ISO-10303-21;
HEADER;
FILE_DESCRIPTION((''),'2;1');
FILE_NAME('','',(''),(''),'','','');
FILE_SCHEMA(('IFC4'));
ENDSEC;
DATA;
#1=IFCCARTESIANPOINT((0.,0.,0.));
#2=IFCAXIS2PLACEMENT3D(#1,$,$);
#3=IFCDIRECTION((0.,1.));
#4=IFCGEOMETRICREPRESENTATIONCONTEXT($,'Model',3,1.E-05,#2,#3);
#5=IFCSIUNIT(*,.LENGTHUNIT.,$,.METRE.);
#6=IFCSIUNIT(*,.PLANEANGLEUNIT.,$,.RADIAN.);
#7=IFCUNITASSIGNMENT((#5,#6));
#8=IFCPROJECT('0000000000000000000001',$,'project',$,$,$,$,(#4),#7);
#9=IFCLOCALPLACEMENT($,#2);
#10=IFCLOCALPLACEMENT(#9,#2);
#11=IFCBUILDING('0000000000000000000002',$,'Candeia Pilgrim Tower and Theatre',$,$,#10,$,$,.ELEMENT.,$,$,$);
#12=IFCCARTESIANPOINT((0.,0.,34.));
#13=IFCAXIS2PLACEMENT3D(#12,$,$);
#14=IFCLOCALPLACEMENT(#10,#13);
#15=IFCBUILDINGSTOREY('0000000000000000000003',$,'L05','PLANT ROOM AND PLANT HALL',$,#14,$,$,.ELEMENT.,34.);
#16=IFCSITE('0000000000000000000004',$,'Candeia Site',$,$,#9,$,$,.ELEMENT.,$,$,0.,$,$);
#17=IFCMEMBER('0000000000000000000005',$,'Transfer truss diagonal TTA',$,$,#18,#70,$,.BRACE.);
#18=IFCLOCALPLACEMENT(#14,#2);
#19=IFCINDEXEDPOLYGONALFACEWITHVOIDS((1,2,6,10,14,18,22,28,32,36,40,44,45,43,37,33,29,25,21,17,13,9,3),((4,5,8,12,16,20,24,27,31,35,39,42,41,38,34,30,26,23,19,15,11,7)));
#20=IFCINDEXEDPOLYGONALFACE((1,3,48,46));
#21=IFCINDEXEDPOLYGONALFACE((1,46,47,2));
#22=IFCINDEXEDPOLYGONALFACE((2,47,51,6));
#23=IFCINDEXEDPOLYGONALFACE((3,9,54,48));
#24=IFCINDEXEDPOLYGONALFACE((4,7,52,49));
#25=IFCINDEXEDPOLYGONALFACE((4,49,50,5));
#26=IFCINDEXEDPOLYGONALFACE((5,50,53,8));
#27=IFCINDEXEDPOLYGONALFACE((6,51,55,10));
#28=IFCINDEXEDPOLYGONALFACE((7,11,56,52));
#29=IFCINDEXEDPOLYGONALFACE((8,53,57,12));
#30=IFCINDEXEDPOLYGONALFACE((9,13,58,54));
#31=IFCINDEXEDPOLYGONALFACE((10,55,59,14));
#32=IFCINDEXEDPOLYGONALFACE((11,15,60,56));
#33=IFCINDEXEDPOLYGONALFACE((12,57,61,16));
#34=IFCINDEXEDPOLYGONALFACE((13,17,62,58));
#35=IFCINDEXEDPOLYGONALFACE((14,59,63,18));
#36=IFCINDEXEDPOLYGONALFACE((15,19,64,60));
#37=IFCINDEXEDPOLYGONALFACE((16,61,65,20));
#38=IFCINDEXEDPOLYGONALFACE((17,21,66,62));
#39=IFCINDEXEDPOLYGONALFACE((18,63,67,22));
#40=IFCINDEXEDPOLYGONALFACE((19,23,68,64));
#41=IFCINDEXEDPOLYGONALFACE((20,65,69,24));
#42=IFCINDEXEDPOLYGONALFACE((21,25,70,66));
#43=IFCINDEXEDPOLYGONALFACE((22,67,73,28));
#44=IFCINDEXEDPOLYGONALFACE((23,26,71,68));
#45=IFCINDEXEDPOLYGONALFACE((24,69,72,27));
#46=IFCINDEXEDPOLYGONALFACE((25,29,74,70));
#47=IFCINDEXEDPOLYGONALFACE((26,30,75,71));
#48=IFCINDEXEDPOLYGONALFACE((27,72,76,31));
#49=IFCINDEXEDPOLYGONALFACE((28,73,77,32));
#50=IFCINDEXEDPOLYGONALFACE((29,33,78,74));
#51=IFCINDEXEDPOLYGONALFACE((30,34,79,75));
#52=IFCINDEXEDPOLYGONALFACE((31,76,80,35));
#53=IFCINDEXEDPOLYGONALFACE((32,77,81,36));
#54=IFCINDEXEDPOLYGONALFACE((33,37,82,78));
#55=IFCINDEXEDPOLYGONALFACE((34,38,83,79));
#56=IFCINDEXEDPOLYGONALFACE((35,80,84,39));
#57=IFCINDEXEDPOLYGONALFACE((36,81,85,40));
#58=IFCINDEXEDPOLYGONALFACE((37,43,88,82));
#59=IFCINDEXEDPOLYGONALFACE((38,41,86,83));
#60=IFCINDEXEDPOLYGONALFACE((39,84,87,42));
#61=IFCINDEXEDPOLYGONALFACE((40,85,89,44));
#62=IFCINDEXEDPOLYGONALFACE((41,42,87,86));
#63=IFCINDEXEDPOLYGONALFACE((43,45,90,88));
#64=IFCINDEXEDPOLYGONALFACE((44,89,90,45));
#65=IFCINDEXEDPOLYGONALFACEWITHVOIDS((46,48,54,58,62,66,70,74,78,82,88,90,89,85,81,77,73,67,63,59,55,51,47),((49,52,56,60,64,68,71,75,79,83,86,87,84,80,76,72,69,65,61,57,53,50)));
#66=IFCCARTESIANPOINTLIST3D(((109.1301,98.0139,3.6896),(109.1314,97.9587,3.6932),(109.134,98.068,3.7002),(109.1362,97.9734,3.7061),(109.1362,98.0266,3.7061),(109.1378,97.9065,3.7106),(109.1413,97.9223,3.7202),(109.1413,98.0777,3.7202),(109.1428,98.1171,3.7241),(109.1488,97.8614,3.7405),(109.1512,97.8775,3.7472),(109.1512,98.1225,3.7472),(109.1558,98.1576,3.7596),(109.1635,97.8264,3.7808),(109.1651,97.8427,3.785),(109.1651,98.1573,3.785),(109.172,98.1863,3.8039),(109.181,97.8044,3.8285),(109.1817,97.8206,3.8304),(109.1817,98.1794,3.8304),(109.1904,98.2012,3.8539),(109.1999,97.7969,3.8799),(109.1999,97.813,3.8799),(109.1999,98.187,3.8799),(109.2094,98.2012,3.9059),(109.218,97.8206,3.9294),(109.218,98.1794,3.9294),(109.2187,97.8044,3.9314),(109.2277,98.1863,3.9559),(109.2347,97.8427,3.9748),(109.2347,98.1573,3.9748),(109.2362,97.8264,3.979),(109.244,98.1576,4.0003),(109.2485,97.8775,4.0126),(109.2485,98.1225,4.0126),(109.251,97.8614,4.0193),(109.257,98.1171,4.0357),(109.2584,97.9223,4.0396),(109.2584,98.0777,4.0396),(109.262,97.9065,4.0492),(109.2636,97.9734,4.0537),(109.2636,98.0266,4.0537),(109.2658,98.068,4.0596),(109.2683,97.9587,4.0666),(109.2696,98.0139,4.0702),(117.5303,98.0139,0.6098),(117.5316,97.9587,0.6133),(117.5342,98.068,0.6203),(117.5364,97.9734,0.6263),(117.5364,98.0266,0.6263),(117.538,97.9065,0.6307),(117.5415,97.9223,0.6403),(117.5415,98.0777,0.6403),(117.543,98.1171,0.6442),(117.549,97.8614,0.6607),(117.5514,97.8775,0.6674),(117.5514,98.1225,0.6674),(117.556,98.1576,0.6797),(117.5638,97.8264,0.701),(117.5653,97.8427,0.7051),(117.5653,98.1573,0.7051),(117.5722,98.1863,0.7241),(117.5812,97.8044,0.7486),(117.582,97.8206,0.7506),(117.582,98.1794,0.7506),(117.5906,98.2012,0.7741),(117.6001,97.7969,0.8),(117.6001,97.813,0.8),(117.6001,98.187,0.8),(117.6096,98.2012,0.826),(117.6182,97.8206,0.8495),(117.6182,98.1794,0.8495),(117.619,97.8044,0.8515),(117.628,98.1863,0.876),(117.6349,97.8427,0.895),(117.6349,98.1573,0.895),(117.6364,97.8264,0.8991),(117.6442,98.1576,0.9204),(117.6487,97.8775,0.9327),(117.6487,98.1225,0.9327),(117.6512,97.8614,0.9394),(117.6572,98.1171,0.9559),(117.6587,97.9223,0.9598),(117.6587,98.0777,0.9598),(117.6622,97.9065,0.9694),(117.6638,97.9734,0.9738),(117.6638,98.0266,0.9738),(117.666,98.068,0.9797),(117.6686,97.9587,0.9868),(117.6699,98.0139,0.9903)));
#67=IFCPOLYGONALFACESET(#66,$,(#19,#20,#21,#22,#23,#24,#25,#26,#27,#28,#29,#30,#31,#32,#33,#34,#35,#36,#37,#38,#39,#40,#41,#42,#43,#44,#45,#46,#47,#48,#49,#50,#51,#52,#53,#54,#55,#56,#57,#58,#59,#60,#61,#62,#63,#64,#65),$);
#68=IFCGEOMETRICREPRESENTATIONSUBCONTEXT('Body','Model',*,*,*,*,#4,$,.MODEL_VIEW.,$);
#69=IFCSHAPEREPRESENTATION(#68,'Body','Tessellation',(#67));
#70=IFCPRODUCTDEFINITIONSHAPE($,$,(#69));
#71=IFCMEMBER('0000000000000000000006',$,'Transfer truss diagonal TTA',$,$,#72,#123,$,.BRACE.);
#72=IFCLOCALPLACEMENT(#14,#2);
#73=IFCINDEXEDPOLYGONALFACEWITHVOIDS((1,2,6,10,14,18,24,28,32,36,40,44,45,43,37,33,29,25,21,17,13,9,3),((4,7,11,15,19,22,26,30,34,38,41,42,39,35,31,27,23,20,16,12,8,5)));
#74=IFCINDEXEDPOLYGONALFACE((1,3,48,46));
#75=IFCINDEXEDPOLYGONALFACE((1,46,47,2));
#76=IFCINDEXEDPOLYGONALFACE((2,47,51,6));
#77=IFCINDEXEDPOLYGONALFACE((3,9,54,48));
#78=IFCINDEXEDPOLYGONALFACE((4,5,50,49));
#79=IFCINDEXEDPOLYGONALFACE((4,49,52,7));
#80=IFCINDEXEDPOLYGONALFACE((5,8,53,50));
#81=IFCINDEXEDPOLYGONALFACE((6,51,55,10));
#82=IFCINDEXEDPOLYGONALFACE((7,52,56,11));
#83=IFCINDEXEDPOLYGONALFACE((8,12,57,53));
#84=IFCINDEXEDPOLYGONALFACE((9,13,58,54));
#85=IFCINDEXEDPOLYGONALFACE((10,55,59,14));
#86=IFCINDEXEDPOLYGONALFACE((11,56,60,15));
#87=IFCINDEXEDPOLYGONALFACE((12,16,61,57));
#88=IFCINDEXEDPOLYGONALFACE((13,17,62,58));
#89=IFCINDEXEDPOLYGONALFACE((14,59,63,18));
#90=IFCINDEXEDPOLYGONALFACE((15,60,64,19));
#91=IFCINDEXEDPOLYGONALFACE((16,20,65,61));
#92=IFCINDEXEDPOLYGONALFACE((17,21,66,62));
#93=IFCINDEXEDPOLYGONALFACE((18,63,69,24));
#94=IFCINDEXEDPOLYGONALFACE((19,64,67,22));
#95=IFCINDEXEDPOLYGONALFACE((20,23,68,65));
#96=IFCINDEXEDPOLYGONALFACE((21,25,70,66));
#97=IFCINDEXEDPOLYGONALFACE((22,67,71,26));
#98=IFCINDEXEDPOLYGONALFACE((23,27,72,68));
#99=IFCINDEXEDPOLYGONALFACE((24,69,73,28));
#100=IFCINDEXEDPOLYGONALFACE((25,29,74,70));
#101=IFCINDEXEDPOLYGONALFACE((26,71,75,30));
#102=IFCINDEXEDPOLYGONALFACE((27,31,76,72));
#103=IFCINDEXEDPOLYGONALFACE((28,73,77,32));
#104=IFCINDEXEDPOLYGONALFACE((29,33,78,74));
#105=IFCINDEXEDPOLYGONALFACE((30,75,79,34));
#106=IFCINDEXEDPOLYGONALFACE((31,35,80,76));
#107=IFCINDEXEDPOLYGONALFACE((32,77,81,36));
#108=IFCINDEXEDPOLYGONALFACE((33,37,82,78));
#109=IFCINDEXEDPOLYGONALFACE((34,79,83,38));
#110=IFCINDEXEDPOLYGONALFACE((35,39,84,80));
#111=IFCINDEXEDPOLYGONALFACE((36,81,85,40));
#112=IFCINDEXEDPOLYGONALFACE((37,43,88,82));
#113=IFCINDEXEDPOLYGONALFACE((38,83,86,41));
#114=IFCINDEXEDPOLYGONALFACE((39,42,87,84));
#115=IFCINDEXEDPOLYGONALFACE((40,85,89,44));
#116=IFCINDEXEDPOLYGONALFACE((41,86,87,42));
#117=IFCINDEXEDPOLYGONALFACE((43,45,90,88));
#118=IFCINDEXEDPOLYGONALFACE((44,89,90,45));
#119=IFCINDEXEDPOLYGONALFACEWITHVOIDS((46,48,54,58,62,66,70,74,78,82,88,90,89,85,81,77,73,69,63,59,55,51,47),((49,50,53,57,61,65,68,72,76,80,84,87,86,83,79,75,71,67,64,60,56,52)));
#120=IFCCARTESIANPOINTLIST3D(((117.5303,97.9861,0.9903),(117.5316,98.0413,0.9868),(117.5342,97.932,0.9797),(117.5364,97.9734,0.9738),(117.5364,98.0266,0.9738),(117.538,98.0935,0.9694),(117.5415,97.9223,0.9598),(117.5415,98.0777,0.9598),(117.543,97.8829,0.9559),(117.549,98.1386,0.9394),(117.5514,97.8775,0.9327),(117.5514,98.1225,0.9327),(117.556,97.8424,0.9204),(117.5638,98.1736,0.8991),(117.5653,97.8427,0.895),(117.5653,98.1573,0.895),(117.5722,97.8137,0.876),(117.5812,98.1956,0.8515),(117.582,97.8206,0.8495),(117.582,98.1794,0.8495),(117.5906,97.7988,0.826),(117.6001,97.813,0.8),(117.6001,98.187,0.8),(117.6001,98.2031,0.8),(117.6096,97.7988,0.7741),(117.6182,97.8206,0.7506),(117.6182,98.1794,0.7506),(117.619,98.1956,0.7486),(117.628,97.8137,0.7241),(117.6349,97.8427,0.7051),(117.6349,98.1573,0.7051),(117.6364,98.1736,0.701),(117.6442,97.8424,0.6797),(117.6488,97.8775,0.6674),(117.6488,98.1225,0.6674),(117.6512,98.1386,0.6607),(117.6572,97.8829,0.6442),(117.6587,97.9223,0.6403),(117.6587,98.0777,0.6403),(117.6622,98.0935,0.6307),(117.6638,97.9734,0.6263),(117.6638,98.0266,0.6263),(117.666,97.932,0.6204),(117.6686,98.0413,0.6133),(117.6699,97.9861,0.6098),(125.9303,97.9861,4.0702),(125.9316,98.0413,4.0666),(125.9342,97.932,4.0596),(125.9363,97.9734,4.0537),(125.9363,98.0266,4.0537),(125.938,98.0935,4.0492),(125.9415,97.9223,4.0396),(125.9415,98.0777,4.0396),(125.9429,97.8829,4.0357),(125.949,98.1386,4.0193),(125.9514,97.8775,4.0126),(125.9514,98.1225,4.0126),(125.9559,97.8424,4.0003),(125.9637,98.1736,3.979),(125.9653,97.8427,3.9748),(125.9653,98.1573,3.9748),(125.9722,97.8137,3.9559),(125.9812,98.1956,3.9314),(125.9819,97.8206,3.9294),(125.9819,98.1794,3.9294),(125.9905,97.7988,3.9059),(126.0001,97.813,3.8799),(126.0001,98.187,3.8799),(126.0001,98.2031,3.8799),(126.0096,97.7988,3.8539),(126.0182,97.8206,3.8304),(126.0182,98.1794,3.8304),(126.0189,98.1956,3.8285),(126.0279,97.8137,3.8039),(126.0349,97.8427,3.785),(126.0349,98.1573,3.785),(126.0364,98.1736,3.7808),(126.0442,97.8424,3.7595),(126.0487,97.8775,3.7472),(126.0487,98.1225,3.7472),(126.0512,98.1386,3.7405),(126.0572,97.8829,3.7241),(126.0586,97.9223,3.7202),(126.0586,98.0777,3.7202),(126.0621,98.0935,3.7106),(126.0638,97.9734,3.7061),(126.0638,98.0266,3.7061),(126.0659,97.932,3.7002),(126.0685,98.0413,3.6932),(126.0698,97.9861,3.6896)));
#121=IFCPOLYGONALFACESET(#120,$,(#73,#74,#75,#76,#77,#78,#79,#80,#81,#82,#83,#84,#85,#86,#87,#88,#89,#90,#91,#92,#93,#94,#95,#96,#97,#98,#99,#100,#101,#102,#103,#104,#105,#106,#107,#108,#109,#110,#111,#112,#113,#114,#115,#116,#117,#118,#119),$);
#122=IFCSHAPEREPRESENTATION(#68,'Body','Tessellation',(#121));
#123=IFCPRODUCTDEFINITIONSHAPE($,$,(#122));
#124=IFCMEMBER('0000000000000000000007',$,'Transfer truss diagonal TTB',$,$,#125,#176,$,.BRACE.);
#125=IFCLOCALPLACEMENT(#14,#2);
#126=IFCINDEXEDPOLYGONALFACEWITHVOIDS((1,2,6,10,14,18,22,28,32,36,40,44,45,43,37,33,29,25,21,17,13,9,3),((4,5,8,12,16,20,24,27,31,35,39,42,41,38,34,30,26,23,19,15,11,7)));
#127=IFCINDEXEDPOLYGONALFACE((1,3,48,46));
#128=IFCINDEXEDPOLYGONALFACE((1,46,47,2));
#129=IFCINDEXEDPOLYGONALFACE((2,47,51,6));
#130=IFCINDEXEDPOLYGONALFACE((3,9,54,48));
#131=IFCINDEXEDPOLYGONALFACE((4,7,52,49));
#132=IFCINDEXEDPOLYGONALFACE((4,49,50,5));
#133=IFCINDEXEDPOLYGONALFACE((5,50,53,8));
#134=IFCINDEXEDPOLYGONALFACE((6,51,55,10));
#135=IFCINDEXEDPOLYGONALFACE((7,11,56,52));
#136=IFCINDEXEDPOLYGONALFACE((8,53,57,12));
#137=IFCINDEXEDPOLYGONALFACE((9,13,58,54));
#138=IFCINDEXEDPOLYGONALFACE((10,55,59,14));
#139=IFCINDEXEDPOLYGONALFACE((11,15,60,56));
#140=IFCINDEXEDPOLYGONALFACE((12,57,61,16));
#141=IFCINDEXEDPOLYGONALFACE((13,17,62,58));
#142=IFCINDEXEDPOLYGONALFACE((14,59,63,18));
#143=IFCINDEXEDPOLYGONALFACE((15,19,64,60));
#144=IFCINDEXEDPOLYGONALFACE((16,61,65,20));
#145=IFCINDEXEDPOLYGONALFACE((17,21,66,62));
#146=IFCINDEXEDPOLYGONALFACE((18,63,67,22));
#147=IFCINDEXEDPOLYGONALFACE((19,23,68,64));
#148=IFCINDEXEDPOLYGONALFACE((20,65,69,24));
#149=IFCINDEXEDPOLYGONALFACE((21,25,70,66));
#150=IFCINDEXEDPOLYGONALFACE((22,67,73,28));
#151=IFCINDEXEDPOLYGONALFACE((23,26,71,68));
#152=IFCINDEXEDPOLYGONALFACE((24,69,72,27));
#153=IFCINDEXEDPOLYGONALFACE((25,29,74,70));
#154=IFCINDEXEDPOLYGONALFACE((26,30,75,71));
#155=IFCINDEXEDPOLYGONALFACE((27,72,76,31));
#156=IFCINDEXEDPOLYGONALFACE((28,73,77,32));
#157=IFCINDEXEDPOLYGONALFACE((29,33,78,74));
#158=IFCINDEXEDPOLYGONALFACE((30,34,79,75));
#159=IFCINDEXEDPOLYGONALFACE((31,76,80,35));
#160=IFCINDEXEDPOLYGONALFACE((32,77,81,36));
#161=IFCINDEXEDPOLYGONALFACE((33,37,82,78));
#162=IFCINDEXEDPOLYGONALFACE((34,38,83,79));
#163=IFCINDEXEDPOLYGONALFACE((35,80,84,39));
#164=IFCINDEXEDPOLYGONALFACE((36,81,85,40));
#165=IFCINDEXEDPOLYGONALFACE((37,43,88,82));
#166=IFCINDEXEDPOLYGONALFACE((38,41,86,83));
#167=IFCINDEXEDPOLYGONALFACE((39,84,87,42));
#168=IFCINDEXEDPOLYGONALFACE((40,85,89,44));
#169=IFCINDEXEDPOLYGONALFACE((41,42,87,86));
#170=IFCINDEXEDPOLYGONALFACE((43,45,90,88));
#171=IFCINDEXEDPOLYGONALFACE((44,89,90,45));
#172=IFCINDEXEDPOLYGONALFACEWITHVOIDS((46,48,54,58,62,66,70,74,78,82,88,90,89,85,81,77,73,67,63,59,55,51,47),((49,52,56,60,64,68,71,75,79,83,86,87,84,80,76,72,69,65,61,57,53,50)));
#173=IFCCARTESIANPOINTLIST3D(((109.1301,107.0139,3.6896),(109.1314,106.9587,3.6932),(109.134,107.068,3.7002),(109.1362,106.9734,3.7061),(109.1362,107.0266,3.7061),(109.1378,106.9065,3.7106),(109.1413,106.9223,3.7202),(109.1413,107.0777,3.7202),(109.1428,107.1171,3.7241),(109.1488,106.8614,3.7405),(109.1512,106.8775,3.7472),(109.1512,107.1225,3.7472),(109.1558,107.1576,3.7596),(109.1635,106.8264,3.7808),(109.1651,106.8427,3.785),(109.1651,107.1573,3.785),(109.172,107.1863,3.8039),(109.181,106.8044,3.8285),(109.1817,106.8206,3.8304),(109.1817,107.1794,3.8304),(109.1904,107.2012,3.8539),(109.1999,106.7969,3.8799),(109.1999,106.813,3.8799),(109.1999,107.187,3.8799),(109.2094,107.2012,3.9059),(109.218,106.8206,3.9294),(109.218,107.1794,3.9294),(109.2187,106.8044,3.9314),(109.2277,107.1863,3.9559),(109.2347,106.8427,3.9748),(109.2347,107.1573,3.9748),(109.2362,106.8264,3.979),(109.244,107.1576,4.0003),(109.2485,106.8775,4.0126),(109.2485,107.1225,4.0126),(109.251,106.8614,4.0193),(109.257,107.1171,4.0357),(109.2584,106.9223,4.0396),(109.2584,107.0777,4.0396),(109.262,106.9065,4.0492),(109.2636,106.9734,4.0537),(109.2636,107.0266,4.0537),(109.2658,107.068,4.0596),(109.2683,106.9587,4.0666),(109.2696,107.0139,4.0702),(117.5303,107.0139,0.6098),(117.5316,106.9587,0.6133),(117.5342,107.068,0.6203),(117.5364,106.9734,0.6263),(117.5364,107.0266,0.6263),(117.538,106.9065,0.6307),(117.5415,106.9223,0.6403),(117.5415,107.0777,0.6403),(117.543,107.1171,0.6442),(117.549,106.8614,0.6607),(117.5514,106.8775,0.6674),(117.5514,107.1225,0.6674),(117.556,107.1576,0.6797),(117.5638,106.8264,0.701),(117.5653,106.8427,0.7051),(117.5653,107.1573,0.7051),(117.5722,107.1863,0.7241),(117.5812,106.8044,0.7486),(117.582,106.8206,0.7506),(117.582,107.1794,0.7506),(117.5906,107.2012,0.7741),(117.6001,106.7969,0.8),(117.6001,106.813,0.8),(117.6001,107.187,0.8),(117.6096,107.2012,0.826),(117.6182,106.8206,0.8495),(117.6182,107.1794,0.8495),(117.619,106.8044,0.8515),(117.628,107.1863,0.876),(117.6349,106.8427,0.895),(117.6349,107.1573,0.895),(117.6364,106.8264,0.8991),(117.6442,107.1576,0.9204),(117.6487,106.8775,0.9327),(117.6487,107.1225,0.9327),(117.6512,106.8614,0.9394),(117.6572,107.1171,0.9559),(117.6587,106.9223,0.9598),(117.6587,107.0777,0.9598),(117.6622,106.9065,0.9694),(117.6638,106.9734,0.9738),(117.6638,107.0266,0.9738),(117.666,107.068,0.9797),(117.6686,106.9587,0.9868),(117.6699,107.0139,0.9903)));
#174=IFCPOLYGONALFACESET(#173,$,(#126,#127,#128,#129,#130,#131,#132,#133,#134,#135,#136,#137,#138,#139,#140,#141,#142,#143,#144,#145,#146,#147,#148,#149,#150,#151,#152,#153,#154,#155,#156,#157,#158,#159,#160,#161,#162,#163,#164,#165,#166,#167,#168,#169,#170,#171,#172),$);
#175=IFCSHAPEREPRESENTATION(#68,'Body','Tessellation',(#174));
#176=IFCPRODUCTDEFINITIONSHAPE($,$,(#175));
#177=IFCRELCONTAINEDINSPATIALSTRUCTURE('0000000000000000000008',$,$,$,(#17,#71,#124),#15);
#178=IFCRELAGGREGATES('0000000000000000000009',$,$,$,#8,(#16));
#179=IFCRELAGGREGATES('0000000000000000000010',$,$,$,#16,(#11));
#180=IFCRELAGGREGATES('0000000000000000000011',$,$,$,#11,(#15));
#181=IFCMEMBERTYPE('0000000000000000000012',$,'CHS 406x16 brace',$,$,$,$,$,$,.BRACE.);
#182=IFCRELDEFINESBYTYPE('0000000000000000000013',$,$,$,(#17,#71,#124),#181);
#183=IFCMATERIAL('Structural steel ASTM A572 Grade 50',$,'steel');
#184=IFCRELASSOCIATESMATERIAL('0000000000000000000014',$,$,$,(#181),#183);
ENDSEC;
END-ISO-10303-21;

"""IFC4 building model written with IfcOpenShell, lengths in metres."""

from ifc_helpers import new_model, si_unit, direction, frame, origin, origin_2d, place, context, subcontext, project, spatial, hollow_circle, extrude, material, material_profile, profile_set, type_object, element, save


model = new_model("IFC4")

# Units and contexts
model_context = context("Model", 3, precision=1e-05, world=origin(), true_north=direction((0.0, 1.0)))
body_context = subcontext(model_context, "Body", "Model", "MODEL_VIEW")
ifc_project = project(units=[si_unit("LENGTHUNIT", "METRE"), si_unit("PLANEANGLEUNIT", "RADIAN")], contexts=[model_context])

# Site, building, storey
site_placement = place(None, origin())
site = spatial("IfcSite", under=ifc_project, at=site_placement, Name="Candeia Site", CompositionType="ELEMENT", RefElevation=0.0)
building_placement = place(site_placement, origin())
building = spatial("IfcBuilding", under=site, at=building_placement, Name="Candeia Pilgrim Tower and Theatre", CompositionType="ELEMENT")
storey_placement = place(building_placement, frame((0.0, 0.0, 34.0)))
storey = spatial("IfcBuildingStorey", under=building, at=storey_placement, Name="L05", Description="PLANT ROOM AND PLANT HALL", CompositionType="ELEMENT", Elevation=34.0)

# Members
ifc_material_1 = material(Name="Structural steel ASTM A572 Grade 50", Category="steel")
ifc_material_profile_1 = material_profile(ifc_material_1, hollow_circle(Radius=0.2031, WallThickness=0.0161, at=origin_2d()))
ifc_profile_set_1 = profile_set([ifc_material_profile_1], Name="Structural steel ASTM A572 Grade 50")
member_type_1 = type_object("IfcMemberType", Name="CHS 406x16 brace", PredefinedType="BRACE", material=ifc_profile_set_1)
member_1_placement = place(storey_placement, frame((117.6001, 98.0, 0.8), z_axis=(-0.938884, 0.0, 0.344233), x_axis=(0.0, -1.0, 0.0)))
element("IfcMember", 1, at=member_1_placement, inside=storey, type_object=member_type_1, Name="Transfer truss diagonal TTA", PredefinedType="BRACE", context=body_context, shape_type="SweptSolid", body=[
    extrude(hollow_circle(Radius=0.2031, WallThickness=0.0161, at=origin_2d()), origin(), (0.0, 0.0, 1.0), 8.947),
])
member_2_placement = place(storey_placement, frame((117.6001, 98.0, 0.8), z_axis=(0.938881, 0.0, 0.344242), x_axis=(0.0, 1.0, 0.0)))
element("IfcMember", 2, at=member_2_placement, inside=storey, type_object=member_type_1, Name="Transfer truss diagonal TTA", PredefinedType="BRACE", context=body_context, shape_type="SweptSolid", body=[
    extrude(hollow_circle(Radius=0.2031, WallThickness=0.0161, at=origin_2d()), origin(), (0.0, 0.0, 1.0), 8.9468),
])
member_3_placement = place(storey_placement, frame((117.6001, 107.0, 0.8), z_axis=(-0.938884, 0.0, 0.344233), x_axis=(0.0, -1.0, 0.0)))
element("IfcMember", 3, at=member_3_placement, inside=storey, type_object=member_type_1, Name="Transfer truss diagonal TTB", PredefinedType="BRACE", context=body_context, shape_type="SweptSolid", body=[
    extrude(hollow_circle(Radius=0.2031, WallThickness=0.0161, at=origin_2d()), origin(), (0.0, 0.0, 1.0), 8.947),
])

save(model, "model.ifc")
